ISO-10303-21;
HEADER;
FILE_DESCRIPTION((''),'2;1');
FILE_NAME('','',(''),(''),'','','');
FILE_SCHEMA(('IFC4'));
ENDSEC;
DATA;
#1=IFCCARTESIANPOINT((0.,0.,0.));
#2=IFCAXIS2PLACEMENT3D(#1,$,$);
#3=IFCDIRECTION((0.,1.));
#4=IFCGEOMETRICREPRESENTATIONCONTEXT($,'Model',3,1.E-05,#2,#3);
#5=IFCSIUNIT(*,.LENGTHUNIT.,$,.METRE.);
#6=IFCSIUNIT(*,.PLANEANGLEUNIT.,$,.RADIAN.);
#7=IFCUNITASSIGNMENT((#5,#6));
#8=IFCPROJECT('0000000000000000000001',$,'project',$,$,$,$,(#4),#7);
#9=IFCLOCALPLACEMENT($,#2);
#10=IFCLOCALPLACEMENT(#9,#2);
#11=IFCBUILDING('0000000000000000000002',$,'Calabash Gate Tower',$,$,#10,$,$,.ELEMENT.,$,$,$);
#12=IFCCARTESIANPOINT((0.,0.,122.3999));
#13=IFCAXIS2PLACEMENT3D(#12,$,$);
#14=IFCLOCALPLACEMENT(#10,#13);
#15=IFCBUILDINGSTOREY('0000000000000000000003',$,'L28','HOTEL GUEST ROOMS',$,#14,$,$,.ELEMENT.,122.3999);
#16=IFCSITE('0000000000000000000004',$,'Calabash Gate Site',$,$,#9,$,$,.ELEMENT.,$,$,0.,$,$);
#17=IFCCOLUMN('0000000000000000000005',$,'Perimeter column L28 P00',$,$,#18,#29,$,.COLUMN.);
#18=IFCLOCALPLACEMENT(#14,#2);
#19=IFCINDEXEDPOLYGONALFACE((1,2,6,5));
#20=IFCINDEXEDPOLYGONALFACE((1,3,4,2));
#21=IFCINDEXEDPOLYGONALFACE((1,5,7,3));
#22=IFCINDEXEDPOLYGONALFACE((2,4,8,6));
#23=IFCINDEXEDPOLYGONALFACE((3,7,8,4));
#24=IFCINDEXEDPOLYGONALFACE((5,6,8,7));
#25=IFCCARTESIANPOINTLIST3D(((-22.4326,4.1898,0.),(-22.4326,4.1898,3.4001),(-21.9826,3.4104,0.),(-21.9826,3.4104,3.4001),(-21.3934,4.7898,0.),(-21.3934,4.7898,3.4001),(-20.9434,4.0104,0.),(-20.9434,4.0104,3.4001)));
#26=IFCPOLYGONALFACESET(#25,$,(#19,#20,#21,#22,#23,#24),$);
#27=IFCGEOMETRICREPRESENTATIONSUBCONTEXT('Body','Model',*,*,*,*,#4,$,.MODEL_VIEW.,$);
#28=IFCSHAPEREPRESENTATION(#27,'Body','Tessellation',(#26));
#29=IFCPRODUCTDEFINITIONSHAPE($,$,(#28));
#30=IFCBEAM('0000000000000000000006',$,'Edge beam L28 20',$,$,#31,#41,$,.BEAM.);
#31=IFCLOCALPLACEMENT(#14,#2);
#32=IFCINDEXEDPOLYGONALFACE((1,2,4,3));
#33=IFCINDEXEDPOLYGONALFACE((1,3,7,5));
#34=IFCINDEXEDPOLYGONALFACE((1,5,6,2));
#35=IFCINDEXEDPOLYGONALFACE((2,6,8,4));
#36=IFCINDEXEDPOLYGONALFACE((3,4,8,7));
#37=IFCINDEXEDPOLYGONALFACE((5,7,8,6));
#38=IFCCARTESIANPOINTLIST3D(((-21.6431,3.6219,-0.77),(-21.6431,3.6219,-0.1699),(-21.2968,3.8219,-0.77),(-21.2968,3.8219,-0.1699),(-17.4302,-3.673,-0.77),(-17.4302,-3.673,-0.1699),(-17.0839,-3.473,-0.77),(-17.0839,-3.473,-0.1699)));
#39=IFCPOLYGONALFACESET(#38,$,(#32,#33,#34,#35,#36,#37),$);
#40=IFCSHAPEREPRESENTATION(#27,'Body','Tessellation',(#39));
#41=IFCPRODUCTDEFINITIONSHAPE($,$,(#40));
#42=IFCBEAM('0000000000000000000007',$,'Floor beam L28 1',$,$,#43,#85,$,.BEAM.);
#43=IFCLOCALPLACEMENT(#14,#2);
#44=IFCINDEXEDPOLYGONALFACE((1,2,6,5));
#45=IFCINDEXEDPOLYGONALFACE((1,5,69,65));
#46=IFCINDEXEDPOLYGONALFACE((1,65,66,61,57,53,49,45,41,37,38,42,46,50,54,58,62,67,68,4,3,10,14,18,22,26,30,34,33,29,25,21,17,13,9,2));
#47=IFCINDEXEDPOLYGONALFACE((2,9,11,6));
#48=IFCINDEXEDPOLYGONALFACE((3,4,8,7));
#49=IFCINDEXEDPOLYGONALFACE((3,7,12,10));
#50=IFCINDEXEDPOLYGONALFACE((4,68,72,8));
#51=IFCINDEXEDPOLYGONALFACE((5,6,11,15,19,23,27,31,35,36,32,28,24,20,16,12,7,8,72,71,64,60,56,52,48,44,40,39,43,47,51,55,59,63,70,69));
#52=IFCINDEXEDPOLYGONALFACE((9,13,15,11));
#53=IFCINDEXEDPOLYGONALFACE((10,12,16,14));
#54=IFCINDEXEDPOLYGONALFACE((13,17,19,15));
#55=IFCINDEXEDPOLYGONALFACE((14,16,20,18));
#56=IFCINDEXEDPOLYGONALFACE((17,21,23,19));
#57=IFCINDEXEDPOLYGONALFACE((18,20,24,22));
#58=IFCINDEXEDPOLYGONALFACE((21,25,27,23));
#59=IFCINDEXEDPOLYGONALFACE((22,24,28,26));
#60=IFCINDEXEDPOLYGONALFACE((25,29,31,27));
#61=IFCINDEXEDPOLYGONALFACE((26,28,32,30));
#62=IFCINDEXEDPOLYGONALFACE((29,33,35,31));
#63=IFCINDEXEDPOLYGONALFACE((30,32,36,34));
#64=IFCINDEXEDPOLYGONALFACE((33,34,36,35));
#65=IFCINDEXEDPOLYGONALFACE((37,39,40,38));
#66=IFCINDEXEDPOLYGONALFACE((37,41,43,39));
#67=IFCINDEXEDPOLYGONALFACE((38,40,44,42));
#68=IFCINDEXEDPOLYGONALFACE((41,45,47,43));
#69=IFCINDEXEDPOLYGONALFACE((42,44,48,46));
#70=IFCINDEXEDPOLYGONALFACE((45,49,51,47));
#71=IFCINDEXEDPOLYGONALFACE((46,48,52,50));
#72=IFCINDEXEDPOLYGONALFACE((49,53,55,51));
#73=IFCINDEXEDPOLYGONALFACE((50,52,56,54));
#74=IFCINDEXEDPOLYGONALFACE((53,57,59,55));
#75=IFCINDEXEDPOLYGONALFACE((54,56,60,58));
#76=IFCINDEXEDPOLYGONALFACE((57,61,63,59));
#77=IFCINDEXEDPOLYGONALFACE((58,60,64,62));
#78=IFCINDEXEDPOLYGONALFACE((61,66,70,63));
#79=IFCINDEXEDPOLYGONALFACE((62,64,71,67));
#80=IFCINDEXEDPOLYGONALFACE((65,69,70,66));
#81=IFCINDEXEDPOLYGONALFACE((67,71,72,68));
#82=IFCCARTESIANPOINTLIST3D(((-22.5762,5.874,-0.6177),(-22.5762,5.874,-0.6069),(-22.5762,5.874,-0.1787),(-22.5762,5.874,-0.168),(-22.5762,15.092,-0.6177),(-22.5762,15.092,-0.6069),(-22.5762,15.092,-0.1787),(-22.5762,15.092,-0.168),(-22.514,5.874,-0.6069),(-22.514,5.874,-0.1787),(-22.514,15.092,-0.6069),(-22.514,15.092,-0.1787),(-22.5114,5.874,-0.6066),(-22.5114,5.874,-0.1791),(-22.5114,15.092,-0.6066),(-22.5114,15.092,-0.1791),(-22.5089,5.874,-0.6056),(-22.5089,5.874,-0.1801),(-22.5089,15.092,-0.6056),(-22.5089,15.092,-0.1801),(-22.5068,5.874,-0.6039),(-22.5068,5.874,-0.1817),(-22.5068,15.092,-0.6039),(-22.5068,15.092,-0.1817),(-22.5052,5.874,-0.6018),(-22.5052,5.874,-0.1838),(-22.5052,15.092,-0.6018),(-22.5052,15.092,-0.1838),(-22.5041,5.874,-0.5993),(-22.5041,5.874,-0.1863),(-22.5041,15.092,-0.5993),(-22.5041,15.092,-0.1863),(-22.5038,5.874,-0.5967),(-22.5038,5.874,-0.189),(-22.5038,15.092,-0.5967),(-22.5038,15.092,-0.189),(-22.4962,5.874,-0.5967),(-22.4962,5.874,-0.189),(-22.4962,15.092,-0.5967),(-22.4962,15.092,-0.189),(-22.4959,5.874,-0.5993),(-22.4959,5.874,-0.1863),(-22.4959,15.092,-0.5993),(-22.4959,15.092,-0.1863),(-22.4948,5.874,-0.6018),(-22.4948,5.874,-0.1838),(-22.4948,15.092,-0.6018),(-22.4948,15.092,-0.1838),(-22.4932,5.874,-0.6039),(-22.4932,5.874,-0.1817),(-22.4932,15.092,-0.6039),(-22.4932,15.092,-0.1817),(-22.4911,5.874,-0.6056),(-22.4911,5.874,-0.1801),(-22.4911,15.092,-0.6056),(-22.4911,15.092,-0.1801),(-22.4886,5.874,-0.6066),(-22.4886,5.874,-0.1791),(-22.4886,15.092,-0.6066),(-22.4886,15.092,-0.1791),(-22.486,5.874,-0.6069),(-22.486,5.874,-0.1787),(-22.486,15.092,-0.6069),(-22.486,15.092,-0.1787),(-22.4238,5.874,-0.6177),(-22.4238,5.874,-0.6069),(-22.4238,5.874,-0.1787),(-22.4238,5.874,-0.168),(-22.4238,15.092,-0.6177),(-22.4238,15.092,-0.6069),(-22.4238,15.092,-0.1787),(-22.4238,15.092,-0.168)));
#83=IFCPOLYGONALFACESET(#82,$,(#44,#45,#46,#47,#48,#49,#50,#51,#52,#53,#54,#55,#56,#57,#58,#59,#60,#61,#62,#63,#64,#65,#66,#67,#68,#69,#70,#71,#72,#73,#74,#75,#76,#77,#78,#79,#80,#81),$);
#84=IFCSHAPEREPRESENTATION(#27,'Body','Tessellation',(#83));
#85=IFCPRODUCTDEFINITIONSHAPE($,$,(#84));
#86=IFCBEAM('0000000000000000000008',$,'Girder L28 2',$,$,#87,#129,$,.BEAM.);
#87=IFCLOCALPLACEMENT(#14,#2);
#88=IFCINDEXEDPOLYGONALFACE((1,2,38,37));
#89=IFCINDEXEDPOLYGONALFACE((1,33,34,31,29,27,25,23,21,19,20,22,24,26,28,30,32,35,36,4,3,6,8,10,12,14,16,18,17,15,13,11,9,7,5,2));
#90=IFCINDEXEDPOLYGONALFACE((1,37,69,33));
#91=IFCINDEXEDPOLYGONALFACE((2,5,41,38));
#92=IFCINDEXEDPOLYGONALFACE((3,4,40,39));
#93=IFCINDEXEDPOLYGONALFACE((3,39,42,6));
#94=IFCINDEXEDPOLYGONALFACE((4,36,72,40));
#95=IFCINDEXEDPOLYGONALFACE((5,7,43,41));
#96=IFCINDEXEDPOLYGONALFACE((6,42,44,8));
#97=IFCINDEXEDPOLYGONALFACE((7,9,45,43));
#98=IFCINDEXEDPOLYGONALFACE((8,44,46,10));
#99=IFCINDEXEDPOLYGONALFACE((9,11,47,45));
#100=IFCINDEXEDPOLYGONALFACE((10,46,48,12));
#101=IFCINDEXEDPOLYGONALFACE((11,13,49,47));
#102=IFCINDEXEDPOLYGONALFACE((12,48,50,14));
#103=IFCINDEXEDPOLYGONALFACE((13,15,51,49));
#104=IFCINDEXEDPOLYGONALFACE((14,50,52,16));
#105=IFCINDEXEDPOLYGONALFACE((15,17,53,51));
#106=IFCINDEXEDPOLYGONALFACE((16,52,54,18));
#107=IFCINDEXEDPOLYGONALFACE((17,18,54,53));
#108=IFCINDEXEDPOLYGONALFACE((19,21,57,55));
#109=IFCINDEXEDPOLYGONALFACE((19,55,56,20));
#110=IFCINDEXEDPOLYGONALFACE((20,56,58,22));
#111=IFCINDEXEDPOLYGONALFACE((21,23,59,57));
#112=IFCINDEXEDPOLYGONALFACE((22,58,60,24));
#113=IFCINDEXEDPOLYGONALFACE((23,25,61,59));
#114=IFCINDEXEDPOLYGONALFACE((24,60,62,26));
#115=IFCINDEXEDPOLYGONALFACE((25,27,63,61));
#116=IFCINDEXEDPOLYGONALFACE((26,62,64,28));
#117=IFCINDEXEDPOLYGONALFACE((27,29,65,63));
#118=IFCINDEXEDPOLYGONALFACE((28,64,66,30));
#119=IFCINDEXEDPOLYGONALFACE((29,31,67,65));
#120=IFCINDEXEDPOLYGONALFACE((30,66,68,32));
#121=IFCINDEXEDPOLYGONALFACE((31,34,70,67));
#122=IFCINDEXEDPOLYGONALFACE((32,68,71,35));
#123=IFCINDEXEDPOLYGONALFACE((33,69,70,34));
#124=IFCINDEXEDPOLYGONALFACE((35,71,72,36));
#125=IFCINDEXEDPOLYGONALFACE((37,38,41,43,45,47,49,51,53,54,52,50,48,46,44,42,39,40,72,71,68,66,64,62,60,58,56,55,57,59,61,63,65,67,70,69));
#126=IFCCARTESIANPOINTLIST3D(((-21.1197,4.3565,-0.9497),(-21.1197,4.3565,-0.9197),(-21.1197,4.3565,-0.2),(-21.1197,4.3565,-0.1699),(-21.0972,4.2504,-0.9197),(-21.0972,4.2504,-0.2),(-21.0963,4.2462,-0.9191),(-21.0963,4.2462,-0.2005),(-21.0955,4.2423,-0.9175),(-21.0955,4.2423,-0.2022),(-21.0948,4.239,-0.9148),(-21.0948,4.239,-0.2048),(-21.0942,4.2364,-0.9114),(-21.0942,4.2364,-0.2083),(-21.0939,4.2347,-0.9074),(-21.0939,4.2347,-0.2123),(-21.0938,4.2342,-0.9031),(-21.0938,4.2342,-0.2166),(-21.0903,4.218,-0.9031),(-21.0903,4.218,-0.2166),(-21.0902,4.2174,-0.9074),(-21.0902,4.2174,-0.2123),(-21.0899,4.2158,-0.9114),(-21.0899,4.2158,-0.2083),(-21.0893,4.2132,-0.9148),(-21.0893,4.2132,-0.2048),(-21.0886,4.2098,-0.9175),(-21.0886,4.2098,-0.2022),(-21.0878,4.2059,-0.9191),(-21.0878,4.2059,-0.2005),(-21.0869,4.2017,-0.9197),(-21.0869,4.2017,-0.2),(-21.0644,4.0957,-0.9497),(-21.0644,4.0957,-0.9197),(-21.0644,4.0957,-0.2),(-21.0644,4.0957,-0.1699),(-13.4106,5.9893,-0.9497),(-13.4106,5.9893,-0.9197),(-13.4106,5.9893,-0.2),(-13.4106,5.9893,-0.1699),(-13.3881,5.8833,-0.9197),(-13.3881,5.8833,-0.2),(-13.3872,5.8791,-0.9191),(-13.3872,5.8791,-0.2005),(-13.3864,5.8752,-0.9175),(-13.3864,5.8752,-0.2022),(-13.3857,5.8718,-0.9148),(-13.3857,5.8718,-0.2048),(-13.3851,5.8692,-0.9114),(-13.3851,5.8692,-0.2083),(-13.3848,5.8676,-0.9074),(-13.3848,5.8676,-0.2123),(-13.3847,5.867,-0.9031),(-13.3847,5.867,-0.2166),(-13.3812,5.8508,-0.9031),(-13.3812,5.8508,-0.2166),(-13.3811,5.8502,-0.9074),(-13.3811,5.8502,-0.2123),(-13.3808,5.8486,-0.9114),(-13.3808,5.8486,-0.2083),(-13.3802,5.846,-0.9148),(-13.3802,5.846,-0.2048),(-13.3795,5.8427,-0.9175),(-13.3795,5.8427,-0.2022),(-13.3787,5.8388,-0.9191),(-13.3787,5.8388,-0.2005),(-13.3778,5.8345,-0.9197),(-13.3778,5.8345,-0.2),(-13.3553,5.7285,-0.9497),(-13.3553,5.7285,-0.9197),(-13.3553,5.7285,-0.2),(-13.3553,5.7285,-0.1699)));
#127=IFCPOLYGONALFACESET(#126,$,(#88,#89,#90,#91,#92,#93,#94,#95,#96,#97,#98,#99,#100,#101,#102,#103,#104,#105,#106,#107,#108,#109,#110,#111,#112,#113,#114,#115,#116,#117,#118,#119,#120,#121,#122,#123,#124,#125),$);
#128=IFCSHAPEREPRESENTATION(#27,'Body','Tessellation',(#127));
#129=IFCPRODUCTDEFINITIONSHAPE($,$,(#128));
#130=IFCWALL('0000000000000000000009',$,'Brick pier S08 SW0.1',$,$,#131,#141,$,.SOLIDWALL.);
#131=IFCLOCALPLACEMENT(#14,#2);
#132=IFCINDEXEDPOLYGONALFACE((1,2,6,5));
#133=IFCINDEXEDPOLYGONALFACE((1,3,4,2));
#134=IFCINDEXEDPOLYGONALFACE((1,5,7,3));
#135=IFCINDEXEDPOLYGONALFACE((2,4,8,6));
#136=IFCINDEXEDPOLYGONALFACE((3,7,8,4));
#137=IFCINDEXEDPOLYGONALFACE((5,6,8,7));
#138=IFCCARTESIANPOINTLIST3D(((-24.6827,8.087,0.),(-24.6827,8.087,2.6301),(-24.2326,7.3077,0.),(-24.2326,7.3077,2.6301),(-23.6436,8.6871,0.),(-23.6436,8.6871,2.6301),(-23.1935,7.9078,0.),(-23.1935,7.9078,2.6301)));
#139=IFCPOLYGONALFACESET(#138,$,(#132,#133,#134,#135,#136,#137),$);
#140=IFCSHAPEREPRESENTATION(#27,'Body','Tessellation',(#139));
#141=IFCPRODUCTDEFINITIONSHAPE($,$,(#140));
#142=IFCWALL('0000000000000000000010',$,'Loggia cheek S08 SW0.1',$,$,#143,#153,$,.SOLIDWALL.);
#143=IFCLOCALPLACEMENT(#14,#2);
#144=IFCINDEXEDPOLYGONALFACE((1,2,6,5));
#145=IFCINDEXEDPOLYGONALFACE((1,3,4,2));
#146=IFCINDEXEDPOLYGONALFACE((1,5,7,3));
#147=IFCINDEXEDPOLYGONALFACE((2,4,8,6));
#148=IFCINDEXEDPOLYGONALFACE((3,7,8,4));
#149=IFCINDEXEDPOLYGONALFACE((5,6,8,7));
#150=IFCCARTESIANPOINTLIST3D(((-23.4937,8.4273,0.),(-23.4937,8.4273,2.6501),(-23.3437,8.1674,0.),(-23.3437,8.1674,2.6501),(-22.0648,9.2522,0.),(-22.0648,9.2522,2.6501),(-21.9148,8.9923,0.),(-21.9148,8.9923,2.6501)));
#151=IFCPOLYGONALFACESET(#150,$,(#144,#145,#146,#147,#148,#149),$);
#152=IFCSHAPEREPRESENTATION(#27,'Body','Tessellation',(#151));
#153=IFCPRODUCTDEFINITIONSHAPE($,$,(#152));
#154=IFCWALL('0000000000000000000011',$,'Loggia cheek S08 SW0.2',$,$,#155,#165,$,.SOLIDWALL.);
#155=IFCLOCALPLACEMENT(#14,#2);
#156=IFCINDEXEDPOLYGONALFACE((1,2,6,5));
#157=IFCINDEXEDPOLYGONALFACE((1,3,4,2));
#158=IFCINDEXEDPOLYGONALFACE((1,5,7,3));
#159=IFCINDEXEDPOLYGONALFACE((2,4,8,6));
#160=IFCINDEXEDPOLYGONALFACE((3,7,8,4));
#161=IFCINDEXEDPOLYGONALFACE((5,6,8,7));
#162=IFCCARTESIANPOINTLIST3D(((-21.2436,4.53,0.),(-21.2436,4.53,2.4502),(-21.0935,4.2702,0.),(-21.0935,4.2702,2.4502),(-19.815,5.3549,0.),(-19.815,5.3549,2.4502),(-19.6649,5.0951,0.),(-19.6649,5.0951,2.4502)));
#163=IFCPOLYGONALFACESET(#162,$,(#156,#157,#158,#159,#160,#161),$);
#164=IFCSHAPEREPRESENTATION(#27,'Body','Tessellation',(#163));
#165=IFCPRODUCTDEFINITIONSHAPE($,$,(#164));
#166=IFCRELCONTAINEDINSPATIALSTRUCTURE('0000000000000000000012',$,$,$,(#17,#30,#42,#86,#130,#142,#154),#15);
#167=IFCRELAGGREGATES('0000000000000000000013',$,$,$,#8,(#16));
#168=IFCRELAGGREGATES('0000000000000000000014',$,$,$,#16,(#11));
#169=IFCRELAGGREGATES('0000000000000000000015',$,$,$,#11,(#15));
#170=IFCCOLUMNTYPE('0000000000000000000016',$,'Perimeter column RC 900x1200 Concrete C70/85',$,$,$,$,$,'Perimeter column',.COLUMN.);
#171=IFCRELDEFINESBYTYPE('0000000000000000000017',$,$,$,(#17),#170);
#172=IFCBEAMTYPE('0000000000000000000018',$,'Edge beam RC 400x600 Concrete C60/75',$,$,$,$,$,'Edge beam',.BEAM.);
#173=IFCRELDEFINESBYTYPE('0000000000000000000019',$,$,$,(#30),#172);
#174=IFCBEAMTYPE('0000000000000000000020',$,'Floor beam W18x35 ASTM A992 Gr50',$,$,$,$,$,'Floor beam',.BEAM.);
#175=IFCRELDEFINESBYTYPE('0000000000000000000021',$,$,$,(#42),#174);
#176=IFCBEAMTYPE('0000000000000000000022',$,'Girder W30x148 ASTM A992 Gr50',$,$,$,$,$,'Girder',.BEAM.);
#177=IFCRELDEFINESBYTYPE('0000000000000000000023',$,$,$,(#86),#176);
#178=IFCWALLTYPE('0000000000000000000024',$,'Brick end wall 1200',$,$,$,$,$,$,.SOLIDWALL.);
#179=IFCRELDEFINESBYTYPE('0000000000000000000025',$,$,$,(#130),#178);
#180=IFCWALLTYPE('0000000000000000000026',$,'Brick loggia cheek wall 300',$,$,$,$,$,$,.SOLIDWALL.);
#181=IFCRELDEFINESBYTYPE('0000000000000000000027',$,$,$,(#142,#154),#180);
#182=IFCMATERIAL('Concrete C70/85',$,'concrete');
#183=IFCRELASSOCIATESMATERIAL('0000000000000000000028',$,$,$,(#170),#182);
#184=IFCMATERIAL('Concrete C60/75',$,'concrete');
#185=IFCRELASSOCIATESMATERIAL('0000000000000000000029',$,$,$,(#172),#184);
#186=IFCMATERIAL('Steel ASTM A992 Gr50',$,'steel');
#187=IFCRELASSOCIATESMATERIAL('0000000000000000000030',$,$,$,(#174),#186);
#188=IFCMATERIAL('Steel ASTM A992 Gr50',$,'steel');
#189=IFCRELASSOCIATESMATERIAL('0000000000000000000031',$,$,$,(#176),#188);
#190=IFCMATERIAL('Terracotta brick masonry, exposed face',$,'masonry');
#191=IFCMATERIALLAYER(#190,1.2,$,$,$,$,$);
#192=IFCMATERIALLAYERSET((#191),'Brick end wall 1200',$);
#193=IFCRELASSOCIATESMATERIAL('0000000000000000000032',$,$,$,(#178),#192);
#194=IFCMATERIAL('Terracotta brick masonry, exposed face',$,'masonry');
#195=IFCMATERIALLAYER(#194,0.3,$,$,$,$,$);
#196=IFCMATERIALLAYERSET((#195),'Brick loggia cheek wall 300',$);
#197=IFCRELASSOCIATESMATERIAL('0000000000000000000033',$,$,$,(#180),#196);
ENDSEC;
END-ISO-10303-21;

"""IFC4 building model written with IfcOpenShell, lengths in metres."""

from ifc_helpers import new_model, si_unit, direction, frame, frame_2d, origin, origin_2d, place, context, subcontext, project, spatial, rectangle, i_section, extrude, material, layer, layer_set, material_profile, profile_set, type_object, element, save


model = new_model("IFC4")

# Units and contexts
model_context = context("Model", 3, precision=1e-05, world=origin(), true_north=direction((0.0, 1.0)))
body_context = subcontext(model_context, "Body", "Model", "MODEL_VIEW")
ifc_project = project(units=[si_unit("LENGTHUNIT", "METRE"), si_unit("PLANEANGLEUNIT", "RADIAN")], contexts=[model_context])

# Site, building, storey
site_placement = place(None, origin())
site = spatial("IfcSite", under=ifc_project, at=site_placement, Name="Calabash Gate Site", CompositionType="ELEMENT", RefElevation=0.0)
building_placement = place(site_placement, origin())
building = spatial("IfcBuilding", under=site, at=building_placement, Name="Calabash Gate Tower", CompositionType="ELEMENT")
storey_placement = place(building_placement, frame((0.0, 0.0, 122.3999)))
storey = spatial("IfcBuildingStorey", under=building, at=storey_placement, Name="L28", Description="HOTEL GUEST ROOMS", CompositionType="ELEMENT", Elevation=122.3999)

# Column
ifc_material_1 = material(Name="Concrete C70/85", Category="concrete")
ifc_material_profile_1 = material_profile(ifc_material_1, rectangle(XDim=0.8999, YDim=1.2, at=origin_2d()))
ifc_profile_set_1 = profile_set([ifc_material_profile_1], Name="Concrete C70/85")
column_type = type_object("IfcColumnType", Name="Perimeter column RC 900x1200 Concrete C70/85", ElementType="Perimeter column", PredefinedType="COLUMN", material=ifc_profile_set_1)
column_placement = place(storey_placement, frame((-21.688, 4.1001, 0.0), z_axis=(0.0, 0.0, 1.0), x_axis=(0.5, -0.866025, 0.0)))
element("IfcColumn", 1, at=column_placement, inside=storey, type_object=column_type, Name="Perimeter column L28 P00", PredefinedType="COLUMN", context=body_context, shape_type="SweptSolid", body=[
    extrude(rectangle(XDim=0.8999, YDim=1.2, at=origin_2d()), origin(), (0.0, 0.0, 1.0), 3.4001),
])

# Beams
ifc_material_2 = material(Name="Concrete C60/75", Category="concrete")
ifc_material_profile_2 = material_profile(ifc_material_2, rectangle(XDim=0.3999, YDim=0.6001, at=origin_2d()))
ifc_profile_set_2 = profile_set([ifc_material_profile_2], Name="Concrete C60/75")
beam_type_1 = type_object("IfcBeamType", Name="Edge beam RC 400x600 Concrete C60/75", ElementType="Edge beam", PredefinedType="BEAM", material=ifc_profile_set_2)
beam_1_placement = place(storey_placement, frame((-21.47, 3.7219, -0.47), z_axis=(0.500104, -0.865965, 0.0), x_axis=(0.865965, 0.500104, 0.0)))
element("IfcBeam", 2, at=beam_1_placement, inside=storey, type_object=beam_type_1, Name="Edge beam L28 20", PredefinedType="BEAM", context=body_context, shape_type="SweptSolid", body=[
    extrude(rectangle(XDim=0.3999, YDim=0.6001, at=origin_2d()), origin(), (0.0, 0.0, 1.0), 8.4241),
])
ifc_material_3 = material(Name="Steel ASTM A992 Gr50", Category="steel")
ifc_material_profile_3 = material_profile(ifc_material_3, i_section(OverallWidth=0.1523, OverallDepth=0.4497, WebThickness=0.0076, FlangeThickness=0.0107, FilletRadius=0.0103, at=origin_2d()))
ifc_profile_set_3 = profile_set([ifc_material_profile_3], Name="Steel ASTM A992 Gr50")
beam_type_2 = type_object("IfcBeamType", Name="Floor beam W18x35 ASTM A992 Gr50", ElementType="Floor beam", PredefinedType="BEAM", material=ifc_profile_set_3)
beam_2_placement = place(storey_placement, frame((-22.5, 5.874, -0.3928), z_axis=(0.0, 1.0, 0.0), x_axis=(-1.0, 0.0, 0.0)))
element("IfcBeam", 3, at=beam_2_placement, inside=storey, type_object=beam_type_2, Name="Floor beam L28 1", PredefinedType="BEAM", context=body_context, shape_type="SweptSolid", body=[
    extrude(i_section(OverallWidth=0.1523, OverallDepth=0.4497, WebThickness=0.0076, FlangeThickness=0.0107, FilletRadius=0.0103, at=origin_2d()), origin(), (0.0, 0.0, 1.0), 9.218),
])
ifc_material_4 = material(Name="Steel ASTM A992 Gr50", Category="steel")
ifc_material_profile_4 = material_profile(ifc_material_4, i_section(OverallWidth=0.2666, OverallDepth=0.7798, WebThickness=0.0166, FlangeThickness=0.03, FilletRadius=0.0166, at=origin_2d()))
ifc_profile_set_4 = profile_set([ifc_material_profile_4], Name="Steel ASTM A992 Gr50")
beam_type_3 = type_object("IfcBeamType", Name="Girder W30x148 ASTM A992 Gr50", ElementType="Girder", PredefinedType="BEAM", material=ifc_profile_set_4)
beam_3_placement = place(storey_placement, frame((-21.092, 4.2261, -0.5598), z_axis=(0.978297, 0.20721, 0.0), x_axis=(-0.20721, 0.978297, 0.0)))
element("IfcBeam", 4, at=beam_3_placement, inside=storey, type_object=beam_type_3, Name="Girder L28 2", PredefinedType="BEAM", context=body_context, shape_type="SweptSolid", body=[
    extrude(i_section(OverallWidth=0.2666, OverallDepth=0.7798, WebThickness=0.0166, FlangeThickness=0.03, FilletRadius=0.0166, at=origin_2d()), origin(), (0.0, 0.0, 1.0), 7.8801),
])

# Walls
ifc_material_5 = material(Name="Terracotta brick masonry, exposed face", Category="masonry")
ifc_layer_1 = layer(ifc_material_5, 1.2)
ifc_layer_set_1 = layer_set([ifc_layer_1], Name="Brick end wall 1200")
wall_type_1 = type_object("IfcWallType", Name="Brick end wall 1200", PredefinedType="SOLIDWALL", material=ifc_layer_set_1)
wall_1_placement = place(storey_placement, frame((-24.4578, 7.6973, 0.0), z_axis=(0.0, 0.0, 1.0), x_axis=(0.865955, 0.500122, 0.0)))
element("IfcWall", 5, at=wall_1_placement, inside=storey, type_object=wall_type_1, Name="Brick pier S08 SW0.1", PredefinedType="SOLIDWALL", context=body_context, shape_type="SweptSolid", body=[
    extrude(rectangle(XDim=1.2, YDim=0.8999, at=frame_2d((0.6001, 0.0))), origin(), (0.0, 0.0, 1.0), 2.6301),
])
ifc_material_6 = material(Name="Terracotta brick masonry, exposed face", Category="masonry")
ifc_layer_2 = layer(ifc_material_6, 0.3)
ifc_layer_set_2 = layer_set([ifc_layer_2], Name="Brick loggia cheek wall 300")
wall_type_2 = type_object("IfcWallType", Name="Brick loggia cheek wall 300", PredefinedType="SOLIDWALL", material=ifc_layer_set_2)
wall_2_placement = place(storey_placement, frame((-23.4187, 8.2974, 0.0), z_axis=(0.0, 0.0, 1.0), x_axis=(0.86604, 0.499974, 0.0)))
element("IfcWall", 6, at=wall_2_placement, inside=storey, type_object=wall_type_2, Name="Loggia cheek S08 SW0.1", PredefinedType="SOLIDWALL", context=body_context, shape_type="SweptSolid", body=[
    extrude(rectangle(XDim=1.6499, YDim=0.3, at=frame_2d((0.825, 0.0))), origin(), (0.0, 0.0, 1.0), 2.6501),
])
wall_3_placement = place(storey_placement, frame((-21.1685, 4.4001, 0.0), z_axis=(0.0, 0.0, 1.0), x_axis=(0.866003, 0.500038, 0.0)))
element("IfcWall", 7, at=wall_3_placement, inside=storey, type_object=wall_type_2, Name="Loggia cheek S08 SW0.2", PredefinedType="SOLIDWALL", context=body_context, shape_type="SweptSolid", body=[
    extrude(rectangle(XDim=1.6497, YDim=0.3, at=frame_2d((0.8247, 0.0))), origin(), (0.0, 0.0, 1.0), 2.4502),
])

save(model, "model.ifc")
